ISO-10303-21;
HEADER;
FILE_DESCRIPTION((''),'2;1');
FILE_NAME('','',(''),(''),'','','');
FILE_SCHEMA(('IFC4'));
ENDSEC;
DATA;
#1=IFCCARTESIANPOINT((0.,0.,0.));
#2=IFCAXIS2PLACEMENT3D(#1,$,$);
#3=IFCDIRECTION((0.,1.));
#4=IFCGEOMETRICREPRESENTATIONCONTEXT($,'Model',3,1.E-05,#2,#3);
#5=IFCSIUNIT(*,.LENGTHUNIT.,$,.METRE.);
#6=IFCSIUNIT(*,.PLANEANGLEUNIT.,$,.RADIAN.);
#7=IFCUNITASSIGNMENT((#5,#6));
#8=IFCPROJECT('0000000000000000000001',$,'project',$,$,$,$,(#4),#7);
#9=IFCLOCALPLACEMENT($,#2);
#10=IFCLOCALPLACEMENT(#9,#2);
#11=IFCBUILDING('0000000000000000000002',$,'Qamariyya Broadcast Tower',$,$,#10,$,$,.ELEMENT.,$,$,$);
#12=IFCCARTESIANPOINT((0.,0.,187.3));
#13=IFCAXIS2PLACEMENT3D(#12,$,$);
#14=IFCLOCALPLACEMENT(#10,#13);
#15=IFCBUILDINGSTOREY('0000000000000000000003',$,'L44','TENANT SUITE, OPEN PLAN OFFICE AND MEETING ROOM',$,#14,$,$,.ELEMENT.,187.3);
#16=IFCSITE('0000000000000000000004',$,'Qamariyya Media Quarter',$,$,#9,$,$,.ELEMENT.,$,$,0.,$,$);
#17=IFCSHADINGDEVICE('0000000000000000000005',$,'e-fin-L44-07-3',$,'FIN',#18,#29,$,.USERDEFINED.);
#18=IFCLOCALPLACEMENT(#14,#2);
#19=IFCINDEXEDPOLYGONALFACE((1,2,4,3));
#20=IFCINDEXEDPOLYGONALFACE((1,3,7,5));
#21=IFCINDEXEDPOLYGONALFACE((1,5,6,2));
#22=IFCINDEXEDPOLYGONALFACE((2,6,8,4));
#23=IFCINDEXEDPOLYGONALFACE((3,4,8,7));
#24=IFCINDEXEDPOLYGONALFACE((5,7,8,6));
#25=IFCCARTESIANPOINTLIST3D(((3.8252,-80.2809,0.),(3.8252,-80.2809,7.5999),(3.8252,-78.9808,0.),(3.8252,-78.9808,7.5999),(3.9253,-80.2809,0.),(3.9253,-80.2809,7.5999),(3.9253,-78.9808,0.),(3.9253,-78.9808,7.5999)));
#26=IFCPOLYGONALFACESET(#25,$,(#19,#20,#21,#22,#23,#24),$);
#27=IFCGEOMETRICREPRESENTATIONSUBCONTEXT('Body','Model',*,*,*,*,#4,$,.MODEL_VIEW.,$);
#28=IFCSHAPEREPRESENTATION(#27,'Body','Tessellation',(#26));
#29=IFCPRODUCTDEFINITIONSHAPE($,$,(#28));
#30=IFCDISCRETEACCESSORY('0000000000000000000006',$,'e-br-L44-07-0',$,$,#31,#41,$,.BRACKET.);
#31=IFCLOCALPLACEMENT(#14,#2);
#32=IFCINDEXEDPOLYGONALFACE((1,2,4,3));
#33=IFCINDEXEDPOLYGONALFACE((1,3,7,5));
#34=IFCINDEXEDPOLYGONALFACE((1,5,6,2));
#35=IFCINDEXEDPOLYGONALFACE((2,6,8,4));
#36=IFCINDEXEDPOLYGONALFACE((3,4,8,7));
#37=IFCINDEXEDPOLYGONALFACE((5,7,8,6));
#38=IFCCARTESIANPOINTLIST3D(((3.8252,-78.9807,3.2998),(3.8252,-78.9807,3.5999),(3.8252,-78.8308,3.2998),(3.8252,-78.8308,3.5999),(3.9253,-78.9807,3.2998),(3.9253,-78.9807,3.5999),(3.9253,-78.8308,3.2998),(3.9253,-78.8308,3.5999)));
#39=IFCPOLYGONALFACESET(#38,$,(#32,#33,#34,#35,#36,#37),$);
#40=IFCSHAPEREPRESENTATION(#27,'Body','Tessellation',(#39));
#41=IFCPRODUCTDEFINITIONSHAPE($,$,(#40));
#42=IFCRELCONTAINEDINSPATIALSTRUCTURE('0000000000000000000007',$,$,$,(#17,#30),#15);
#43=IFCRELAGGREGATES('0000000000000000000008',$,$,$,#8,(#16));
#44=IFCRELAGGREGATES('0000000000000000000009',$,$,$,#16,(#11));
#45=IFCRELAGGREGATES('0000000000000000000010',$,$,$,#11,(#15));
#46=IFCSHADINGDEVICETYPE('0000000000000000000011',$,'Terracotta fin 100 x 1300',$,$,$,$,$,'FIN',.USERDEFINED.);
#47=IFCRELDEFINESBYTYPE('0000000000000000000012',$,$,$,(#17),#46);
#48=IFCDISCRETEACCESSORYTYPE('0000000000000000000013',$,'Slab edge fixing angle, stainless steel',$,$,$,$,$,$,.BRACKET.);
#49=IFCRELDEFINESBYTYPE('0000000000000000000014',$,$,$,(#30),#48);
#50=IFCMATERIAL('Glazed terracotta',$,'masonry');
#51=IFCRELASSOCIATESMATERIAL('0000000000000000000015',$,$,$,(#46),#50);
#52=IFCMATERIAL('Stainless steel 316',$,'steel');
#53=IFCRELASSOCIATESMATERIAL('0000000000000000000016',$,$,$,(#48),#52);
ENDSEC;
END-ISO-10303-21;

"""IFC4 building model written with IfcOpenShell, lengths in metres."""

from ifc_helpers import new_model, si_unit, direction, frame, origin, origin_2d, place, context, subcontext, project, spatial, rectangle, extrude, material, material_profile, profile_set, type_object, element, save


model = new_model("IFC4")

# Units and contexts
model_context = context("Model", 3, precision=1e-05, world=origin(), true_north=direction((0.0, 1.0)))
body_context = subcontext(model_context, "Body", "Model", "MODEL_VIEW")
ifc_project = project(units=[si_unit("LENGTHUNIT", "METRE"), si_unit("PLANEANGLEUNIT", "RADIAN")], contexts=[model_context])

# Site, building, storey
site_placement = place(None, origin())
site = spatial("IfcSite", under=ifc_project, at=site_placement, Name="Qamariyya Media Quarter", CompositionType="ELEMENT", RefElevation=0.0)
building_placement = place(site_placement, origin())
building = spatial("IfcBuilding", under=site, at=building_placement, Name="Qamariyya Broadcast Tower", CompositionType="ELEMENT")
storey_placement = place(building_placement, frame((0.0, 0.0, 187.3)))
storey = spatial("IfcBuildingStorey", under=building, at=storey_placement, Name="L44", Description="TENANT SUITE, OPEN PLAN OFFICE AND MEETING ROOM", CompositionType="ELEMENT", Elevation=187.3)

# Shading device
ifc_material_1 = material(Name="Glazed terracotta", Category="masonry")
ifc_material_profile_1 = material_profile(ifc_material_1, rectangle(XDim=1.3, YDim=0.1001, at=origin_2d()))
ifc_profile_set_1 = profile_set([ifc_material_profile_1], Name="Glazed terracotta")
shading_device_type = type_object("IfcShadingDeviceType", Name="Terracotta fin 100 x 1300", ElementType="FIN", PredefinedType="USERDEFINED", material=ifc_profile_set_1)
shading_device_placement = place(storey_placement, frame((3.8752, -79.6309, 0.0), z_axis=(0.0, 0.0, 1.0), x_axis=(0.0, -1.0, 0.0)))
element("IfcShadingDevice", 1, at=shading_device_placement, inside=storey, type_object=shading_device_type, Name="e-fin-L44-07-3", ObjectType="FIN", PredefinedType="USERDEFINED", context=body_context, shape_type="SweptSolid", body=[
    extrude(rectangle(XDim=1.3, YDim=0.1001, at=origin_2d()), origin(), (0.0, 0.0, 1.0), 7.5999),
])

# Discrete accessory
ifc_material_2 = material(Name="Stainless steel 316", Category="steel")
discrete_accessory_type = type_object("IfcDiscreteAccessoryType", Name="Slab edge fixing angle, stainless steel", PredefinedType="BRACKET", material=ifc_material_2)
discrete_accessory_placement = place(storey_placement, frame((3.8752, -78.9058, 3.2998), z_axis=(0.0, 0.0, 1.0), x_axis=(1.0, 0.0, 0.0)))
element("IfcDiscreteAccessory", 2, at=discrete_accessory_placement, inside=storey, type_object=discrete_accessory_type, Name="e-br-L44-07-0", PredefinedType="BRACKET", context=body_context, shape_type="SweptSolid", body=[
    extrude(rectangle(XDim=0.1001, YDim=0.1499, at=origin_2d()), origin(), (0.0, 0.0, 1.0), 0.3),
])

save(model, "model.ifc")
